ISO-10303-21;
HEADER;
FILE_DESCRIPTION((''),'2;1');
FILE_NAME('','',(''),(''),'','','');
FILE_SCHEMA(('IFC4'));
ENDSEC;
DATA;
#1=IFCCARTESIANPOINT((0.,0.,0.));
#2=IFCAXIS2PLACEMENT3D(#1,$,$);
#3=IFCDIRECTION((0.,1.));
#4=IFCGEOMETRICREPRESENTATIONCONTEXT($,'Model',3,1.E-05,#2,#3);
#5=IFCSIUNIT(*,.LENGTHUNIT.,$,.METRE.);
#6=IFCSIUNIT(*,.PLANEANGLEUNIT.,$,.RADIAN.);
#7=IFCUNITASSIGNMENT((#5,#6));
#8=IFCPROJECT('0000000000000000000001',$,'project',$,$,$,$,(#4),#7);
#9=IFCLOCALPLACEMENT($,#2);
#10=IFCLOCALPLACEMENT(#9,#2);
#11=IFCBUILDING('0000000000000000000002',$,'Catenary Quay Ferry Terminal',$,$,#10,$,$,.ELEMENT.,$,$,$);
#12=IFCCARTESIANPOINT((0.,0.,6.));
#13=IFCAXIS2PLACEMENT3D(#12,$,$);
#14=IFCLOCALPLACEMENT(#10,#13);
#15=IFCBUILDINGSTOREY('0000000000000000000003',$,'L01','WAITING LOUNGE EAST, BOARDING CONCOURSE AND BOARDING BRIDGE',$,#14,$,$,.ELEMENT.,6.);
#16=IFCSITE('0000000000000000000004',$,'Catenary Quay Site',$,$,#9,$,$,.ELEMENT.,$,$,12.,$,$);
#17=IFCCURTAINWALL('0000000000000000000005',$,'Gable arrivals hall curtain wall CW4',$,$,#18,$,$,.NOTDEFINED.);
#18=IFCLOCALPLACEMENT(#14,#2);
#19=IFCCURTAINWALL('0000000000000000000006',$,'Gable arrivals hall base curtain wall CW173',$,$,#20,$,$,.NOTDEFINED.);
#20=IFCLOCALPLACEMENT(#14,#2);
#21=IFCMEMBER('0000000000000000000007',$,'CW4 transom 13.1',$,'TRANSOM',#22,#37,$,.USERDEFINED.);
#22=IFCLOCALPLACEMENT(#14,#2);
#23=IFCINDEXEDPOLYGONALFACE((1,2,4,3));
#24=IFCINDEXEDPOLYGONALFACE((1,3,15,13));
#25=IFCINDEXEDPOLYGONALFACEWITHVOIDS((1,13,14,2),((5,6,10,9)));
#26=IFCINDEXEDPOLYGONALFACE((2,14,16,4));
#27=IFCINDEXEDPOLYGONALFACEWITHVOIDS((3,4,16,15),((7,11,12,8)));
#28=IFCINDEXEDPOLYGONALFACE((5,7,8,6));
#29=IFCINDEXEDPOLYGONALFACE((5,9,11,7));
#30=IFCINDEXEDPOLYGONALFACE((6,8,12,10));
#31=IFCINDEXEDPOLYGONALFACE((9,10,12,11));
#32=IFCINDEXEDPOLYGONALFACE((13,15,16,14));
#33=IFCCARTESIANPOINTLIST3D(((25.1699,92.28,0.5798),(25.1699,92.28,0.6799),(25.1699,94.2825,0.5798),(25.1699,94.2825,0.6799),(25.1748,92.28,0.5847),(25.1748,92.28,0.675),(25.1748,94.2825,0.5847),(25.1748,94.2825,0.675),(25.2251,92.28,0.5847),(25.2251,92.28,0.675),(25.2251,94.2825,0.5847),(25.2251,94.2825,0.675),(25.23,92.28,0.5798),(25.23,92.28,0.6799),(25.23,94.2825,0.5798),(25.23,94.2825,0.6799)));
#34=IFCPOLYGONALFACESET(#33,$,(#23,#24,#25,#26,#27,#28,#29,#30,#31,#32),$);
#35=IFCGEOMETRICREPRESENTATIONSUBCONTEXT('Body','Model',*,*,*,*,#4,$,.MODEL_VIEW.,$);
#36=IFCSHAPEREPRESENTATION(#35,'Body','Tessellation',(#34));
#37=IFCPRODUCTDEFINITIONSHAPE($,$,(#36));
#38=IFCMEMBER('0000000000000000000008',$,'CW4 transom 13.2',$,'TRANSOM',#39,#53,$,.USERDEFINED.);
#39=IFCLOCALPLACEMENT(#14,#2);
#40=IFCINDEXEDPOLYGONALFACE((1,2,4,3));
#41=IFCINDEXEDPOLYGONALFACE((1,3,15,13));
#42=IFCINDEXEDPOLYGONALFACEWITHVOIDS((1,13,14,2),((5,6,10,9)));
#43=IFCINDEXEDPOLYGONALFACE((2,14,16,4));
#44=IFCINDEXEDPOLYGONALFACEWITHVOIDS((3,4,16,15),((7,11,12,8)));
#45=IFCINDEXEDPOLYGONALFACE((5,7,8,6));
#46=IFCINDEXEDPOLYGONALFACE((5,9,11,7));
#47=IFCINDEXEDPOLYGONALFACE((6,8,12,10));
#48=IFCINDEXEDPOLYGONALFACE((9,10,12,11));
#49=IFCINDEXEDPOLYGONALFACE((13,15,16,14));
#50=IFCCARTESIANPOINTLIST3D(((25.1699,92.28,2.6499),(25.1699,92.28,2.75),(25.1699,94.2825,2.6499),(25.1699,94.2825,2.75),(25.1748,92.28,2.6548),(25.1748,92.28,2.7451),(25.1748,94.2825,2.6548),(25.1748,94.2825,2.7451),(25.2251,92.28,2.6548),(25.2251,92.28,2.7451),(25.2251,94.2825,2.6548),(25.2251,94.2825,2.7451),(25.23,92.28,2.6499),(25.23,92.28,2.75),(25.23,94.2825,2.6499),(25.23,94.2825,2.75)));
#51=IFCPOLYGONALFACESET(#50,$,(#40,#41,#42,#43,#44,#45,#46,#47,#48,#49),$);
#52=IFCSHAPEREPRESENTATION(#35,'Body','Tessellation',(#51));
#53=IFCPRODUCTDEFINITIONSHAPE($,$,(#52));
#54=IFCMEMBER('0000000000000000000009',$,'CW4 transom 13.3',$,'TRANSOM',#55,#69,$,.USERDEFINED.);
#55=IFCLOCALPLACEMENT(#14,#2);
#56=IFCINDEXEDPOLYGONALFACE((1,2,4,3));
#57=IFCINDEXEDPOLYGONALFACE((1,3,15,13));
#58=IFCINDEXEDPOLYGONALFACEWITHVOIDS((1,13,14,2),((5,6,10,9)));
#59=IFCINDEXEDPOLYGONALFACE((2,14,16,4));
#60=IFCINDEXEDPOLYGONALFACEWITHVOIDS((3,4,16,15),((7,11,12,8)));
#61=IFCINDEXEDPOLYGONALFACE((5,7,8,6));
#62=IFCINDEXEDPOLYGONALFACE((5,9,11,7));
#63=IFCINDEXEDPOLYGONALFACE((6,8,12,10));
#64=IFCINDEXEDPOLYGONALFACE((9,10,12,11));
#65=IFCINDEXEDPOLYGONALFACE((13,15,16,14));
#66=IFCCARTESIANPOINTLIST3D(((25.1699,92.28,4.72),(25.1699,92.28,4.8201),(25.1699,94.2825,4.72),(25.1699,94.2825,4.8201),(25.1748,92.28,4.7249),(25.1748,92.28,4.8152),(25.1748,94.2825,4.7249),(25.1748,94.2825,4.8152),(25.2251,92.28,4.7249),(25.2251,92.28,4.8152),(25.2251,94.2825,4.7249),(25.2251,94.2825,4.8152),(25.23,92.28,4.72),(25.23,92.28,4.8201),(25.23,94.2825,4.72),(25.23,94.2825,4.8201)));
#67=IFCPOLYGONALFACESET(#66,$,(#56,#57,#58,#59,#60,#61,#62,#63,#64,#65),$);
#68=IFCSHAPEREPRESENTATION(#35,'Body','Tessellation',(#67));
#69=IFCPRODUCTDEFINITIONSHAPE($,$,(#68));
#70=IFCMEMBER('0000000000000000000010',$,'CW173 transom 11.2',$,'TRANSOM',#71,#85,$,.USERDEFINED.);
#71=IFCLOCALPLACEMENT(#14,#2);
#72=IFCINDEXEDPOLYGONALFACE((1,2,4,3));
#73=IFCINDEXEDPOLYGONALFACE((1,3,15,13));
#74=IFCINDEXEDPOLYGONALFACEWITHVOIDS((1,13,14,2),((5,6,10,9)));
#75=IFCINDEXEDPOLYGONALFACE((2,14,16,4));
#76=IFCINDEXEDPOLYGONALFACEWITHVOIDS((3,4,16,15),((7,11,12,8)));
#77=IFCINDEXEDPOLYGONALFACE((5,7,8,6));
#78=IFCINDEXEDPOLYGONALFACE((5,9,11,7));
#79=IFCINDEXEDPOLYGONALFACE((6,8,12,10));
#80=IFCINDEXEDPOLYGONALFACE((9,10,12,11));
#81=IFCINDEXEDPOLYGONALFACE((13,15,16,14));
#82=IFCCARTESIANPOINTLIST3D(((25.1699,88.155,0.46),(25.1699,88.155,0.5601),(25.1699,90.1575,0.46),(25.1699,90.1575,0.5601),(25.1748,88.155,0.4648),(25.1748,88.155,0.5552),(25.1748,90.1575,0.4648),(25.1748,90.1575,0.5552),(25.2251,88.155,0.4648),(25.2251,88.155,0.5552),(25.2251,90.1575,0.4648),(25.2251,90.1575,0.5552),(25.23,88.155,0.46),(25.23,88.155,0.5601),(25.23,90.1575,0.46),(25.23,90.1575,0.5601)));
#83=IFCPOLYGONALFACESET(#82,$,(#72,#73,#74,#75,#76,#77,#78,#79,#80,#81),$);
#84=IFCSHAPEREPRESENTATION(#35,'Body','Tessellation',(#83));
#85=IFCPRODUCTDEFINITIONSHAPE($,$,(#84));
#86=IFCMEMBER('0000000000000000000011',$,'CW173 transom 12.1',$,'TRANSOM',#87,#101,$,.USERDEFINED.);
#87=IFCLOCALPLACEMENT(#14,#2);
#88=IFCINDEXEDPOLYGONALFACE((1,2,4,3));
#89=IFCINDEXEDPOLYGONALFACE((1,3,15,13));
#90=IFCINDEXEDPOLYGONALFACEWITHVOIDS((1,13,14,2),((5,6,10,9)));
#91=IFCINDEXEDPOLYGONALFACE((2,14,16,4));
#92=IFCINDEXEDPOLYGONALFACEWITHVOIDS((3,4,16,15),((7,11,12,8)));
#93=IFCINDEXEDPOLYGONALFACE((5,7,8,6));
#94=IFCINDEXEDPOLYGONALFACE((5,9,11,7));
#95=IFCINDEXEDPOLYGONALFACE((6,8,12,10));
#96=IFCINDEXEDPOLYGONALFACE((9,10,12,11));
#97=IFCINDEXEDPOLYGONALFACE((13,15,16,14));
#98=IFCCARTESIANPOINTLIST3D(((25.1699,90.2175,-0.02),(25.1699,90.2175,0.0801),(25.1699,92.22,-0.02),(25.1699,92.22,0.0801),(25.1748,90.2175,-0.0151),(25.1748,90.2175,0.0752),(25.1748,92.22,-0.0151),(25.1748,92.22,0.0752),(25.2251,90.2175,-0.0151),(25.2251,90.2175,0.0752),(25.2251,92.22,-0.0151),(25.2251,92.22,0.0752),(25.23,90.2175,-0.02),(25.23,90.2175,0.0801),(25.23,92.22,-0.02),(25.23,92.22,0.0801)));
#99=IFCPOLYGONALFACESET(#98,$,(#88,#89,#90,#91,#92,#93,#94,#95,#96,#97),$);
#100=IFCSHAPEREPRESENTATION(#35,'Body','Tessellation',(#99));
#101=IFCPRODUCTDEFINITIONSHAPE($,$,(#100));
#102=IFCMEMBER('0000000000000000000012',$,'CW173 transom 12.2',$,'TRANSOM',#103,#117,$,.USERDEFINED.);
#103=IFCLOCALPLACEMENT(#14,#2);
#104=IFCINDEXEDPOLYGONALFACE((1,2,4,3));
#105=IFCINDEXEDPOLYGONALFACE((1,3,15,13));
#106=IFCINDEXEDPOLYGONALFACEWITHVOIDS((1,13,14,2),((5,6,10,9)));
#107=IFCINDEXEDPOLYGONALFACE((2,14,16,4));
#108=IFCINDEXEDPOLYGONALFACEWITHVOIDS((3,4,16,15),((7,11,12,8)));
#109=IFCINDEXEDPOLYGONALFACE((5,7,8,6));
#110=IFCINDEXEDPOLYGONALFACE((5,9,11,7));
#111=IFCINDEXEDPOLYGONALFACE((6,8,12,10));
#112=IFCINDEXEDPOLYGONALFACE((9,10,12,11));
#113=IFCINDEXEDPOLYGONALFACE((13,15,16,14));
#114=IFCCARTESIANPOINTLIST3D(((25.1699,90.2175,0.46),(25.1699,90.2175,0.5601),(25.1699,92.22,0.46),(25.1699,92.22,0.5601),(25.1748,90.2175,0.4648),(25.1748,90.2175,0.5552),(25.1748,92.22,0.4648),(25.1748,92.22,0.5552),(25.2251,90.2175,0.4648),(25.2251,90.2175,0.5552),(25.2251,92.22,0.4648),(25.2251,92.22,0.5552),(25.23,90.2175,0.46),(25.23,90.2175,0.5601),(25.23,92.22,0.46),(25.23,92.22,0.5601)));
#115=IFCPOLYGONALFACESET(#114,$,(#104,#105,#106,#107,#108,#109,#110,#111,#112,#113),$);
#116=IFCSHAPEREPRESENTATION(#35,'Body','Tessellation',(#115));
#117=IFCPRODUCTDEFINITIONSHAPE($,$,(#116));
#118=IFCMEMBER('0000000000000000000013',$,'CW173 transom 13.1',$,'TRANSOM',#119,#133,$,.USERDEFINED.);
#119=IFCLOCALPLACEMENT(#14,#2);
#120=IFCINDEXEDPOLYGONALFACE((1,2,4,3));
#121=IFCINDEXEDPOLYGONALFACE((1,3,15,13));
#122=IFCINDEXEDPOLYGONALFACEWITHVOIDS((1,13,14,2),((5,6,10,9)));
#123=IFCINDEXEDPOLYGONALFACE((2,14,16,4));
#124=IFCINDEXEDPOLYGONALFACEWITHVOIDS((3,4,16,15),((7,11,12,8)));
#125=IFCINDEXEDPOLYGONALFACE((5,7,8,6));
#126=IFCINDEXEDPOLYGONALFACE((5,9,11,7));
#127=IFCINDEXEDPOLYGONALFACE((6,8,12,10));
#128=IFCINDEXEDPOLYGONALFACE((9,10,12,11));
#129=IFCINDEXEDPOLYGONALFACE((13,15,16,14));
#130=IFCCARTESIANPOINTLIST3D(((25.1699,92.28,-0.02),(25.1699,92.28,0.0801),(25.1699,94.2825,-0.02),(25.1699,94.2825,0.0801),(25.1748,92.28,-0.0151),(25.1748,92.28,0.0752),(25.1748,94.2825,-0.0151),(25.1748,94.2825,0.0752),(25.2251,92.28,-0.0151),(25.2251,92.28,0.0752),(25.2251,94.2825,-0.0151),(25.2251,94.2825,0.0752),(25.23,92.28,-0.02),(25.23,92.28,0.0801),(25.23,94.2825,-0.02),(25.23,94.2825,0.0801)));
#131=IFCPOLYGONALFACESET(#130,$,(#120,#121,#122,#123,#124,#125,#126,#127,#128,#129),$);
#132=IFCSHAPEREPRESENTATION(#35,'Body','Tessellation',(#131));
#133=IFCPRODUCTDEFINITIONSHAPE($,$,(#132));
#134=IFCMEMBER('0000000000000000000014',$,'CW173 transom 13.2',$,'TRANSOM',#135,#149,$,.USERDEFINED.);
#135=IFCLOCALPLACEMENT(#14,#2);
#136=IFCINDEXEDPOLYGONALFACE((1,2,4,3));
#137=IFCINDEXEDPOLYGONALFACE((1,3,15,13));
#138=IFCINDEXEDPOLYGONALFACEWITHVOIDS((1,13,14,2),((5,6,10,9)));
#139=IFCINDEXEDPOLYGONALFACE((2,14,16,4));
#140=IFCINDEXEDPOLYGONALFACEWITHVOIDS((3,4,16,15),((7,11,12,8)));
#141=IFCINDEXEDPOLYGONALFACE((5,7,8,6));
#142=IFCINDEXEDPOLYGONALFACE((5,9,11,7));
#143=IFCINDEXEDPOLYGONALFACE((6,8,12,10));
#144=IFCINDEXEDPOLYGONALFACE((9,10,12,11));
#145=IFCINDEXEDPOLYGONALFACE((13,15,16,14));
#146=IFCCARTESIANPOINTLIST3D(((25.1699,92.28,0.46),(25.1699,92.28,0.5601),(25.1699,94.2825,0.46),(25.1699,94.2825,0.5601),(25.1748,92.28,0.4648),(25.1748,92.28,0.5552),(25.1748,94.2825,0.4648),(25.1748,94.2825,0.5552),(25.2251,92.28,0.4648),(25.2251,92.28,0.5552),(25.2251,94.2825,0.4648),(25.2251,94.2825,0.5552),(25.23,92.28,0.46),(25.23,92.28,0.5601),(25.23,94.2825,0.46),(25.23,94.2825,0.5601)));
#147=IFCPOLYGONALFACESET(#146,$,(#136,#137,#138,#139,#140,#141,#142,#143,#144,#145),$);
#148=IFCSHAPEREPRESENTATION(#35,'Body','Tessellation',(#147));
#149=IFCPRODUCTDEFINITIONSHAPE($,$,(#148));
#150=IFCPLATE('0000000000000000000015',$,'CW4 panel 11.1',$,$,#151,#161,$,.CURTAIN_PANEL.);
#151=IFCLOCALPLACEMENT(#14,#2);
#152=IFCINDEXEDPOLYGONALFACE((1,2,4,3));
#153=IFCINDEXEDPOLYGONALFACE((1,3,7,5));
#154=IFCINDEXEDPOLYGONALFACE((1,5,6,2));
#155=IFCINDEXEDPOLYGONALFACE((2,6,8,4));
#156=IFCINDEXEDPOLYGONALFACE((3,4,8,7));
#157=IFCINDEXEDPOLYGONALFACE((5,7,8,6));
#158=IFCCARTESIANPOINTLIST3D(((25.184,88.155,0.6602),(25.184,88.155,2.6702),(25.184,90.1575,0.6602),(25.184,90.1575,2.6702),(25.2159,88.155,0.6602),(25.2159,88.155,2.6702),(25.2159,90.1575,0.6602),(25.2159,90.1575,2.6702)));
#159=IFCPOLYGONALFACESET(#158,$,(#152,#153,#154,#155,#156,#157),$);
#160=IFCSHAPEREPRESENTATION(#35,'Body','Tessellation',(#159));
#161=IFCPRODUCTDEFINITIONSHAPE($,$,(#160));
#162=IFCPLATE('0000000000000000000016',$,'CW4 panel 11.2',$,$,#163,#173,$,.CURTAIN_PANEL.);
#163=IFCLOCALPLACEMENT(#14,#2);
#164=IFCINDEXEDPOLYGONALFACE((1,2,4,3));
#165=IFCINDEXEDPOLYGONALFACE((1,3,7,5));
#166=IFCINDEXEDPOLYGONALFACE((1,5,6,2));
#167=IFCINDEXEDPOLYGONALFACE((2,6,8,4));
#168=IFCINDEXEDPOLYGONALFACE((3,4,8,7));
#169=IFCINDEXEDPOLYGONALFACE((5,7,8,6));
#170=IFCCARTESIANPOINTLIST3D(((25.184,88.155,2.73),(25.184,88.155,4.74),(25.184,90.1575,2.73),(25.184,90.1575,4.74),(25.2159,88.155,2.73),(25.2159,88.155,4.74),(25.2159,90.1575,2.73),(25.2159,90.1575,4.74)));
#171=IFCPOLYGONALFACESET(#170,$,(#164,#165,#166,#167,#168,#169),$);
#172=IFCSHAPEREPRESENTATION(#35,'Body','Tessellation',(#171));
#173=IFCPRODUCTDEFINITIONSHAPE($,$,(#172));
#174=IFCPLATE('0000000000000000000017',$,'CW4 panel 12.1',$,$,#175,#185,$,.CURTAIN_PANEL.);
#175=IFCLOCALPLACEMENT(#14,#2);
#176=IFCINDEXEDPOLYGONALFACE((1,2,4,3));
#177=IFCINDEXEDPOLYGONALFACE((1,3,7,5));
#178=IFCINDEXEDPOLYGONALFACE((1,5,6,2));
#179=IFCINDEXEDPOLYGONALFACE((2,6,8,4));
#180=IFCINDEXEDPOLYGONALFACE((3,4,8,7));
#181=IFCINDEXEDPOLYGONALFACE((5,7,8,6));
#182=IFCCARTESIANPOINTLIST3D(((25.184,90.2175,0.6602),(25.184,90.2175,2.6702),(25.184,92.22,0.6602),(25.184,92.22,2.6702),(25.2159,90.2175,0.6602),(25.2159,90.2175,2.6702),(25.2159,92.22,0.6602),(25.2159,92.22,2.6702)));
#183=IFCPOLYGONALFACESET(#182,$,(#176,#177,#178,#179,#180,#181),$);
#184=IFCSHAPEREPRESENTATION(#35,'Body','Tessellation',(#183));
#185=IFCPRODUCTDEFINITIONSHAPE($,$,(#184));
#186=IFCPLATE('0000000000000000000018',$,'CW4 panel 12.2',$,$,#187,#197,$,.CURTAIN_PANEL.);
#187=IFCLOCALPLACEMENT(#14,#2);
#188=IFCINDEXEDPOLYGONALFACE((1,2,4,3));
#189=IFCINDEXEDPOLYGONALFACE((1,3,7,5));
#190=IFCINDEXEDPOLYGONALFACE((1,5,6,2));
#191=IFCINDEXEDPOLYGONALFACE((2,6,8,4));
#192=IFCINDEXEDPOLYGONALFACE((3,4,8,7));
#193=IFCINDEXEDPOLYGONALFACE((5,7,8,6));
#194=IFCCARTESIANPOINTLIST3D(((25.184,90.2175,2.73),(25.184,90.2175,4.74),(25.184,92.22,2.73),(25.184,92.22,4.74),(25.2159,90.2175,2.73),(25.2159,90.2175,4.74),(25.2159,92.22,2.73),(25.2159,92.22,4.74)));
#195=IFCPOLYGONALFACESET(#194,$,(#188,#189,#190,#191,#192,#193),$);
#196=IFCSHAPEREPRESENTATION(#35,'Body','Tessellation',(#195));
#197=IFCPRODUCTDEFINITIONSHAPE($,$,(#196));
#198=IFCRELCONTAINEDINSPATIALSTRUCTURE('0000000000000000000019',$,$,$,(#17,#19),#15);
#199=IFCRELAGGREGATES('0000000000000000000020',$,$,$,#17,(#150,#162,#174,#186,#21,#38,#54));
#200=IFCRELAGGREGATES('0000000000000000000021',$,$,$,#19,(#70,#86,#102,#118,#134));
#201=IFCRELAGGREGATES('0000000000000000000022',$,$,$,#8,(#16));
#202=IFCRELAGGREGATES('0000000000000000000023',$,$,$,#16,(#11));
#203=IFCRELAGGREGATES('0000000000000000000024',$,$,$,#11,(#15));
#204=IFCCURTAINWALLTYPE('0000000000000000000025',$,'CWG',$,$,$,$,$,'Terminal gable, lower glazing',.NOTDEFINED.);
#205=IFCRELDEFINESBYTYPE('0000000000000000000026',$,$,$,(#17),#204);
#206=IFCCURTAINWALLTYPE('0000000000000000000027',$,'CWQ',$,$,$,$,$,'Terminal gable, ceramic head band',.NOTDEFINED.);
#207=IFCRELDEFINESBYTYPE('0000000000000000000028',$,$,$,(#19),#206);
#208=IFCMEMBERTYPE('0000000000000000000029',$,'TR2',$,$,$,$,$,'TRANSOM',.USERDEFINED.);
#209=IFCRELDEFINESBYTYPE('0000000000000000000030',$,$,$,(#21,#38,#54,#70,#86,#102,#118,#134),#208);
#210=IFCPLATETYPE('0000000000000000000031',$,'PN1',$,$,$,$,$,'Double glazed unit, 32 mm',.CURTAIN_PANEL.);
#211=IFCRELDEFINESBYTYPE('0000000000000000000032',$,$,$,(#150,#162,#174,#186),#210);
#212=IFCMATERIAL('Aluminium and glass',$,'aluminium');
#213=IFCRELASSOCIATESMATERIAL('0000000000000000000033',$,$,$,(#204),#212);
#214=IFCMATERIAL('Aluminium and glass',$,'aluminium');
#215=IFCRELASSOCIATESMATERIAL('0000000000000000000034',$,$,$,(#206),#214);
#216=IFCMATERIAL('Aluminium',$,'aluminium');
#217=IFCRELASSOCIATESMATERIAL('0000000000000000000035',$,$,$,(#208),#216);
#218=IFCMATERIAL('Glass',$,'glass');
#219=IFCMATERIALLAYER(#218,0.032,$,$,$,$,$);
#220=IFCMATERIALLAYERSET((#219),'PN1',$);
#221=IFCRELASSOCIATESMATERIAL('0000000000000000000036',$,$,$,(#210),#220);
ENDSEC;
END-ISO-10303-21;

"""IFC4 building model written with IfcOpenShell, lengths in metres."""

from ifc_helpers import new_model, si_unit, direction, frame, origin, origin_2d, place, context, subcontext, project, spatial, rectangle, hollow_rectangle, extrude, material, layer, layer_set, material_profile, profile_set, type_object, element, aggregate, save


model = new_model("IFC4")

# Units and contexts
model_context = context("Model", 3, precision=1e-05, world=origin(), true_north=direction((0.0, 1.0)))
body_context = subcontext(model_context, "Body", "Model", "MODEL_VIEW")
ifc_project = project(units=[si_unit("LENGTHUNIT", "METRE"), si_unit("PLANEANGLEUNIT", "RADIAN")], contexts=[model_context])

# Site, building, storey
site_placement = place(None, origin())
site = spatial("IfcSite", under=ifc_project, at=site_placement, Name="Catenary Quay Site", CompositionType="ELEMENT", RefElevation=12.0)
building_placement = place(site_placement, origin())
building = spatial("IfcBuilding", under=site, at=building_placement, Name="Catenary Quay Ferry Terminal", CompositionType="ELEMENT")
storey_placement = place(building_placement, frame((0.0, 0.0, 6.0)))
storey = spatial("IfcBuildingStorey", under=building, at=storey_placement, Name="L01", Description="WAITING LOUNGE EAST, BOARDING CONCOURSE AND BOARDING BRIDGE", CompositionType="ELEMENT", Elevation=6.0)

# Curtain walls
ifc_material_1 = material(Name="Aluminium and glass", Category="aluminium")
curtain_wall_type_1 = type_object("IfcCurtainWallType", Name="CWG", ElementType="Terminal gable, lower glazing", PredefinedType="NOTDEFINED", material=ifc_material_1)
curtain_wall_1_placement = place(storey_placement, origin())
curtain_wall_1 = element("IfcCurtainWall", 1, at=curtain_wall_1_placement, inside=storey, type_object=curtain_wall_type_1, Name="Gable arrivals hall curtain wall CW4", PredefinedType="NOTDEFINED")
ifc_material_2 = material(Name="Aluminium and glass", Category="aluminium")
curtain_wall_type_2 = type_object("IfcCurtainWallType", Name="CWQ", ElementType="Terminal gable, ceramic head band", PredefinedType="NOTDEFINED", material=ifc_material_2)
curtain_wall_2_placement = place(storey_placement, origin())
curtain_wall_2 = element("IfcCurtainWall", 2, at=curtain_wall_2_placement, inside=storey, type_object=curtain_wall_type_2, Name="Gable arrivals hall base curtain wall CW173", PredefinedType="NOTDEFINED")

# Members
ifc_material_3 = material(Name="Aluminium", Category="aluminium")
ifc_material_profile_1 = material_profile(ifc_material_3, hollow_rectangle(XDim=0.0601, YDim=0.1001, WallThickness=0.0049, at=origin_2d()), Name="TR2")
ifc_profile_set_1 = profile_set([ifc_material_profile_1], Name="Aluminium")
member_type_1 = type_object("IfcMemberType", Name="TR2", ElementType="TRANSOM", PredefinedType="USERDEFINED", material=ifc_profile_set_1)
member_1_placement = place(storey_placement, frame((25.2, 92.28, 0.6299), z_axis=(0.0, 1.0, 0.0), x_axis=(-1.0, 0.0, 0.0)))
member_1 = element("IfcMember", 3, at=member_1_placement, type_object=member_type_1, Name="CW4 transom 13.1", ObjectType="TRANSOM", PredefinedType="USERDEFINED", context=body_context, shape_type="SweptSolid", body=[
    extrude(hollow_rectangle(XDim=0.0601, YDim=0.1001, WallThickness=0.0049, at=origin_2d()), origin(), (0.0, 0.0, 1.0), 2.0024),
])
member_2_placement = place(storey_placement, frame((25.2, 92.28, 2.7), z_axis=(0.0, 1.0, 0.0), x_axis=(-1.0, 0.0, 0.0)))
member_2 = element("IfcMember", 4, at=member_2_placement, type_object=member_type_1, Name="CW4 transom 13.2", ObjectType="TRANSOM", PredefinedType="USERDEFINED", context=body_context, shape_type="SweptSolid", body=[
    extrude(hollow_rectangle(XDim=0.0601, YDim=0.1001, WallThickness=0.0049, at=origin_2d()), origin(), (0.0, 0.0, 1.0), 2.0024),
])
member_3_placement = place(storey_placement, frame((25.2, 92.28, 4.77), z_axis=(0.0, 1.0, 0.0), x_axis=(-1.0, 0.0, 0.0)))
member_3 = element("IfcMember", 5, at=member_3_placement, type_object=member_type_1, Name="CW4 transom 13.3", ObjectType="TRANSOM", PredefinedType="USERDEFINED", context=body_context, shape_type="SweptSolid", body=[
    extrude(hollow_rectangle(XDim=0.0601, YDim=0.1001, WallThickness=0.0049, at=origin_2d()), origin(), (0.0, 0.0, 1.0), 2.0024),
])
member_4_placement = place(storey_placement, frame((25.2, 88.155, 0.51), z_axis=(0.0, 1.0, 0.0), x_axis=(-1.0, 0.0, 0.0)))
member_4 = element("IfcMember", 6, at=member_4_placement, type_object=member_type_1, Name="CW173 transom 11.2", ObjectType="TRANSOM", PredefinedType="USERDEFINED", context=body_context, shape_type="SweptSolid", body=[
    extrude(hollow_rectangle(XDim=0.0601, YDim=0.1001, WallThickness=0.0049, at=origin_2d()), origin(), (0.0, 0.0, 1.0), 2.0024),
])
member_5_placement = place(storey_placement, frame((25.2, 90.2175, 0.03), z_axis=(0.0, 1.0, 0.0), x_axis=(-1.0, 0.0, 0.0)))
member_5 = element("IfcMember", 7, at=member_5_placement, type_object=member_type_1, Name="CW173 transom 12.1", ObjectType="TRANSOM", PredefinedType="USERDEFINED", context=body_context, shape_type="SweptSolid", body=[
    extrude(hollow_rectangle(XDim=0.0601, YDim=0.1001, WallThickness=0.0049, at=origin_2d()), origin(), (0.0, 0.0, 1.0), 2.0024),
])
member_6_placement = place(storey_placement, frame((25.2, 90.2175, 0.51), z_axis=(0.0, 1.0, 0.0), x_axis=(-1.0, 0.0, 0.0)))
member_6 = element("IfcMember", 8, at=member_6_placement, type_object=member_type_1, Name="CW173 transom 12.2", ObjectType="TRANSOM", PredefinedType="USERDEFINED", context=body_context, shape_type="SweptSolid", body=[
    extrude(hollow_rectangle(XDim=0.0601, YDim=0.1001, WallThickness=0.0049, at=origin_2d()), origin(), (0.0, 0.0, 1.0), 2.0024),
])
member_7_placement = place(storey_placement, frame((25.2, 92.28, 0.03), z_axis=(0.0, 1.0, 0.0), x_axis=(-1.0, 0.0, 0.0)))
member_7 = element("IfcMember", 9, at=member_7_placement, type_object=member_type_1, Name="CW173 transom 13.1", ObjectType="TRANSOM", PredefinedType="USERDEFINED", context=body_context, shape_type="SweptSolid", body=[
    extrude(hollow_rectangle(XDim=0.0601, YDim=0.1001, WallThickness=0.0049, at=origin_2d()), origin(), (0.0, 0.0, 1.0), 2.0024),
])
member_8_placement = place(storey_placement, frame((25.2, 92.28, 0.51), z_axis=(0.0, 1.0, 0.0), x_axis=(-1.0, 0.0, 0.0)))
member_8 = element("IfcMember", 10, at=member_8_placement, type_object=member_type_1, Name="CW173 transom 13.2", ObjectType="TRANSOM", PredefinedType="USERDEFINED", context=body_context, shape_type="SweptSolid", body=[
    extrude(hollow_rectangle(XDim=0.0601, YDim=0.1001, WallThickness=0.0049, at=origin_2d()), origin(), (0.0, 0.0, 1.0), 2.0024),
])

# Plates
ifc_material_4 = material(Name="Glass", Category="glass")
ifc_layer_1 = layer(ifc_material_4, 0.032)
ifc_layer_set_1 = layer_set([ifc_layer_1], Name="PN1")
plate_type_1 = type_object("IfcPlateType", Name="PN1", ElementType="Double glazed unit, 32 mm", PredefinedType="CURTAIN_PANEL", material=ifc_layer_set_1)
plate_1_placement = place(storey_placement, frame((25.2, 89.1562, 0.6602), z_axis=(0.0, 0.0, 1.0), x_axis=(0.0, 1.0, 0.0)))
plate_1 = element("IfcPlate", 11, at=plate_1_placement, type_object=plate_type_1, Name="CW4 panel 11.1", PredefinedType="CURTAIN_PANEL", context=body_context, shape_type="SweptSolid", body=[
    extrude(rectangle(XDim=2.0024, YDim=0.032, at=origin_2d()), origin(), (0.0, 0.0, 1.0), 2.01),
])
plate_2_placement = place(storey_placement, frame((25.2, 89.1562, 2.73), z_axis=(0.0, 0.0, 1.0), x_axis=(0.0, 1.0, 0.0)))
plate_2 = element("IfcPlate", 12, at=plate_2_placement, type_object=plate_type_1, Name="CW4 panel 11.2", PredefinedType="CURTAIN_PANEL", context=body_context, shape_type="SweptSolid", body=[
    extrude(rectangle(XDim=2.0024, YDim=0.032, at=origin_2d()), origin(), (0.0, 0.0, 1.0), 2.01),
])
plate_3_placement = place(storey_placement, frame((25.2, 91.2188, 0.6602), z_axis=(0.0, 0.0, 1.0), x_axis=(0.0, 1.0, 0.0)))
plate_3 = element("IfcPlate", 13, at=plate_3_placement, type_object=plate_type_1, Name="CW4 panel 12.1", PredefinedType="CURTAIN_PANEL", context=body_context, shape_type="SweptSolid", body=[
    extrude(rectangle(XDim=2.0024, YDim=0.032, at=origin_2d()), origin(), (0.0, 0.0, 1.0), 2.01),
])
plate_4_placement = place(storey_placement, frame((25.2, 91.2188, 2.73), z_axis=(0.0, 0.0, 1.0), x_axis=(0.0, 1.0, 0.0)))
plate_4 = element("IfcPlate", 14, at=plate_4_placement, type_object=plate_type_1, Name="CW4 panel 12.2", PredefinedType="CURTAIN_PANEL", context=body_context, shape_type="SweptSolid", body=[
    extrude(rectangle(XDim=2.0024, YDim=0.032, at=origin_2d()), origin(), (0.0, 0.0, 1.0), 2.01),
])
aggregate(curtain_wall_1, [plate_1, plate_2, plate_3, plate_4, member_1, member_2, member_3])
aggregate(curtain_wall_2, [member_4, member_5, member_6, member_7, member_8])

save(model, "model.ifc")
